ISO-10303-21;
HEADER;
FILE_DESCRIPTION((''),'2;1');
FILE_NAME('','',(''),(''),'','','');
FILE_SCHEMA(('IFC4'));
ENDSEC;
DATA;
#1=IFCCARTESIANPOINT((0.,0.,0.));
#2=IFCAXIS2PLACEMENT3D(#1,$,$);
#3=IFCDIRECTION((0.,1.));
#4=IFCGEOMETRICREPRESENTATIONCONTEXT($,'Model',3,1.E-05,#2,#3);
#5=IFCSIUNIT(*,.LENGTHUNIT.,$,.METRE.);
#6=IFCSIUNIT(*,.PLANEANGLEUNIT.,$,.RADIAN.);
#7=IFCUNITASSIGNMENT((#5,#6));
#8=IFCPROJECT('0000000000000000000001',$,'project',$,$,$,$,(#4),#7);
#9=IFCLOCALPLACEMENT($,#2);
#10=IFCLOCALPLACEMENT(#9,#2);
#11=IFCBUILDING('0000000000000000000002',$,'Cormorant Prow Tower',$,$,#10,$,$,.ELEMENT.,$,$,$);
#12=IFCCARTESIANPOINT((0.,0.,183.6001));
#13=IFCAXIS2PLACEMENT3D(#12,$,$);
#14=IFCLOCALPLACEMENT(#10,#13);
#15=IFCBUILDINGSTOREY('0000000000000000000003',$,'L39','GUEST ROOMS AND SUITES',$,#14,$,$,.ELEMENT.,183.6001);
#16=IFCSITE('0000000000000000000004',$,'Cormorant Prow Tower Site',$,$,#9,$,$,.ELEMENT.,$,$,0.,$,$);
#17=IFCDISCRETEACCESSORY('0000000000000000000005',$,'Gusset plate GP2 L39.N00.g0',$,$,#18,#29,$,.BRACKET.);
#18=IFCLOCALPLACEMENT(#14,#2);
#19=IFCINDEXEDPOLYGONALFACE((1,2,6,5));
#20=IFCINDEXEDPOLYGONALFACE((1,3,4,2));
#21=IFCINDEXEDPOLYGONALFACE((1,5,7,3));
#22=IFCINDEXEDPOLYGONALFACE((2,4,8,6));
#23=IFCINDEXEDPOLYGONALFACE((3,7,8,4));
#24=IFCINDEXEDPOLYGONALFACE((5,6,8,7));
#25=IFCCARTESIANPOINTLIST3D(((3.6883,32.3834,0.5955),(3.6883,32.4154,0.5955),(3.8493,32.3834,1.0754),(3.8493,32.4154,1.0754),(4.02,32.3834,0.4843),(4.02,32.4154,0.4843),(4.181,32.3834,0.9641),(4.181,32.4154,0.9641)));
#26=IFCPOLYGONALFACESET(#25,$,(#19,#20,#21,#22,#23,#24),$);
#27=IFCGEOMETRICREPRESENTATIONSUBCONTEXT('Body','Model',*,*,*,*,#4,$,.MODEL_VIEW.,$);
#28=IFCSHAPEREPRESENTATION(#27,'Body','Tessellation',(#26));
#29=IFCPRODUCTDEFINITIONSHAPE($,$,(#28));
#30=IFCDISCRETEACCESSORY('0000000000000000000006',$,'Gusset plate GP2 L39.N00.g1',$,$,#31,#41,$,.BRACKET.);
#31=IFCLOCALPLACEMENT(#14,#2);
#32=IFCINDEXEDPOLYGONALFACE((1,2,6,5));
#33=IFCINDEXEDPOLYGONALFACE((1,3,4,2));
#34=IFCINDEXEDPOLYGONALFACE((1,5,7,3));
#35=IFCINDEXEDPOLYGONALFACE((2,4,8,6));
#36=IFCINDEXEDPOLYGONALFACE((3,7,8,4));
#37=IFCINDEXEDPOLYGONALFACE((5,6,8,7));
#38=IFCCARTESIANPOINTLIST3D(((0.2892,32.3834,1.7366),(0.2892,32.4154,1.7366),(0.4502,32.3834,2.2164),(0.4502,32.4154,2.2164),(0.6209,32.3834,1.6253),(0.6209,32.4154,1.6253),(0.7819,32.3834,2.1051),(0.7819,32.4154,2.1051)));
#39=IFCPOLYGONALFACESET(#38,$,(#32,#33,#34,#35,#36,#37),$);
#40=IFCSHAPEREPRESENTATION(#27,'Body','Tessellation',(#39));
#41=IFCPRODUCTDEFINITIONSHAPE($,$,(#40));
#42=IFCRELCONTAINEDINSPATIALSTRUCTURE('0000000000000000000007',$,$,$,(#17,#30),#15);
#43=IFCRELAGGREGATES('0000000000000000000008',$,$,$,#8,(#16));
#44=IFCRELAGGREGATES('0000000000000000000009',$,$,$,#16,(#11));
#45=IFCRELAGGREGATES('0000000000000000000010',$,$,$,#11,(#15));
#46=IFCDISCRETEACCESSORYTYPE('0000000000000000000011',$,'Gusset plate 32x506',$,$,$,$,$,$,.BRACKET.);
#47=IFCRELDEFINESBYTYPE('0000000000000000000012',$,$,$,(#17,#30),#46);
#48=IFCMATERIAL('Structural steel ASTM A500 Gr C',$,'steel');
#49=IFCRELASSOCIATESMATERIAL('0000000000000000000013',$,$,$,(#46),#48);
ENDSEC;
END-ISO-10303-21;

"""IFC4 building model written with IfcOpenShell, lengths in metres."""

from ifc_helpers import new_model, si_unit, direction, frame, origin, origin_2d, place, context, subcontext, project, spatial, rectangle, extrude, material, material_profile, profile_set, type_object, element, save


model = new_model("IFC4")

# Units and contexts
model_context = context("Model", 3, precision=1e-05, world=origin(), true_north=direction((0.0, 1.0)))
body_context = subcontext(model_context, "Body", "Model", "MODEL_VIEW")
ifc_project = project(units=[si_unit("LENGTHUNIT", "METRE"), si_unit("PLANEANGLEUNIT", "RADIAN")], contexts=[model_context])

# Site, building, storey
site_placement = place(None, origin())
site = spatial("IfcSite", under=ifc_project, at=site_placement, Name="Cormorant Prow Tower Site", CompositionType="ELEMENT", RefElevation=0.0)
building_placement = place(site_placement, origin())
building = spatial("IfcBuilding", under=site, at=building_placement, Name="Cormorant Prow Tower", CompositionType="ELEMENT")
storey_placement = place(building_placement, frame((0.0, 0.0, 183.6001)))
storey = spatial("IfcBuildingStorey", under=building, at=storey_placement, Name="L39", Description="GUEST ROOMS AND SUITES", CompositionType="ELEMENT", Elevation=183.6001)

# Discrete accessories
ifc_material_1 = material(Name="Structural steel ASTM A500 Gr C", Category="steel")
ifc_material_profile_1 = material_profile(ifc_material_1, rectangle(XDim=0.032, YDim=0.5061, at=origin_2d()), Name="Gusset plate 32x506")
ifc_profile_set_1 = profile_set([ifc_material_profile_1], Name="Structural steel ASTM A500 Gr C")
discrete_accessory_type = type_object("IfcDiscreteAccessoryType", Name="Gusset plate 32x506", PredefinedType="BRACKET", material=ifc_profile_set_1)
for number, where, z_axis, x_axis, name in (
    (1, (3.7688, 32.3994, 0.8354), (0.948054, 0.0, -0.318111), (0.0, 1.0, 0.0), "Gusset plate GP2 L39.N00.g0"),
    (2, (0.7014, 32.3994, 1.8652), (-0.948054, 0.0, 0.318111), (0.0, -1.0, 0.0), "Gusset plate GP2 L39.N00.g1"),
):
    element("IfcDiscreteAccessory", number, at=place(storey_placement, frame(where, z_axis=z_axis, x_axis=x_axis)), inside=storey, type_object=discrete_accessory_type, Name=name, PredefinedType="BRACKET", context=body_context, shape_type="SweptSolid", body=[
        extrude(rectangle(XDim=0.032, YDim=0.5061, at=origin_2d()), origin(), (0.0, 0.0, 1.0), 0.3499),
    ])

save(model, "model.ifc")
